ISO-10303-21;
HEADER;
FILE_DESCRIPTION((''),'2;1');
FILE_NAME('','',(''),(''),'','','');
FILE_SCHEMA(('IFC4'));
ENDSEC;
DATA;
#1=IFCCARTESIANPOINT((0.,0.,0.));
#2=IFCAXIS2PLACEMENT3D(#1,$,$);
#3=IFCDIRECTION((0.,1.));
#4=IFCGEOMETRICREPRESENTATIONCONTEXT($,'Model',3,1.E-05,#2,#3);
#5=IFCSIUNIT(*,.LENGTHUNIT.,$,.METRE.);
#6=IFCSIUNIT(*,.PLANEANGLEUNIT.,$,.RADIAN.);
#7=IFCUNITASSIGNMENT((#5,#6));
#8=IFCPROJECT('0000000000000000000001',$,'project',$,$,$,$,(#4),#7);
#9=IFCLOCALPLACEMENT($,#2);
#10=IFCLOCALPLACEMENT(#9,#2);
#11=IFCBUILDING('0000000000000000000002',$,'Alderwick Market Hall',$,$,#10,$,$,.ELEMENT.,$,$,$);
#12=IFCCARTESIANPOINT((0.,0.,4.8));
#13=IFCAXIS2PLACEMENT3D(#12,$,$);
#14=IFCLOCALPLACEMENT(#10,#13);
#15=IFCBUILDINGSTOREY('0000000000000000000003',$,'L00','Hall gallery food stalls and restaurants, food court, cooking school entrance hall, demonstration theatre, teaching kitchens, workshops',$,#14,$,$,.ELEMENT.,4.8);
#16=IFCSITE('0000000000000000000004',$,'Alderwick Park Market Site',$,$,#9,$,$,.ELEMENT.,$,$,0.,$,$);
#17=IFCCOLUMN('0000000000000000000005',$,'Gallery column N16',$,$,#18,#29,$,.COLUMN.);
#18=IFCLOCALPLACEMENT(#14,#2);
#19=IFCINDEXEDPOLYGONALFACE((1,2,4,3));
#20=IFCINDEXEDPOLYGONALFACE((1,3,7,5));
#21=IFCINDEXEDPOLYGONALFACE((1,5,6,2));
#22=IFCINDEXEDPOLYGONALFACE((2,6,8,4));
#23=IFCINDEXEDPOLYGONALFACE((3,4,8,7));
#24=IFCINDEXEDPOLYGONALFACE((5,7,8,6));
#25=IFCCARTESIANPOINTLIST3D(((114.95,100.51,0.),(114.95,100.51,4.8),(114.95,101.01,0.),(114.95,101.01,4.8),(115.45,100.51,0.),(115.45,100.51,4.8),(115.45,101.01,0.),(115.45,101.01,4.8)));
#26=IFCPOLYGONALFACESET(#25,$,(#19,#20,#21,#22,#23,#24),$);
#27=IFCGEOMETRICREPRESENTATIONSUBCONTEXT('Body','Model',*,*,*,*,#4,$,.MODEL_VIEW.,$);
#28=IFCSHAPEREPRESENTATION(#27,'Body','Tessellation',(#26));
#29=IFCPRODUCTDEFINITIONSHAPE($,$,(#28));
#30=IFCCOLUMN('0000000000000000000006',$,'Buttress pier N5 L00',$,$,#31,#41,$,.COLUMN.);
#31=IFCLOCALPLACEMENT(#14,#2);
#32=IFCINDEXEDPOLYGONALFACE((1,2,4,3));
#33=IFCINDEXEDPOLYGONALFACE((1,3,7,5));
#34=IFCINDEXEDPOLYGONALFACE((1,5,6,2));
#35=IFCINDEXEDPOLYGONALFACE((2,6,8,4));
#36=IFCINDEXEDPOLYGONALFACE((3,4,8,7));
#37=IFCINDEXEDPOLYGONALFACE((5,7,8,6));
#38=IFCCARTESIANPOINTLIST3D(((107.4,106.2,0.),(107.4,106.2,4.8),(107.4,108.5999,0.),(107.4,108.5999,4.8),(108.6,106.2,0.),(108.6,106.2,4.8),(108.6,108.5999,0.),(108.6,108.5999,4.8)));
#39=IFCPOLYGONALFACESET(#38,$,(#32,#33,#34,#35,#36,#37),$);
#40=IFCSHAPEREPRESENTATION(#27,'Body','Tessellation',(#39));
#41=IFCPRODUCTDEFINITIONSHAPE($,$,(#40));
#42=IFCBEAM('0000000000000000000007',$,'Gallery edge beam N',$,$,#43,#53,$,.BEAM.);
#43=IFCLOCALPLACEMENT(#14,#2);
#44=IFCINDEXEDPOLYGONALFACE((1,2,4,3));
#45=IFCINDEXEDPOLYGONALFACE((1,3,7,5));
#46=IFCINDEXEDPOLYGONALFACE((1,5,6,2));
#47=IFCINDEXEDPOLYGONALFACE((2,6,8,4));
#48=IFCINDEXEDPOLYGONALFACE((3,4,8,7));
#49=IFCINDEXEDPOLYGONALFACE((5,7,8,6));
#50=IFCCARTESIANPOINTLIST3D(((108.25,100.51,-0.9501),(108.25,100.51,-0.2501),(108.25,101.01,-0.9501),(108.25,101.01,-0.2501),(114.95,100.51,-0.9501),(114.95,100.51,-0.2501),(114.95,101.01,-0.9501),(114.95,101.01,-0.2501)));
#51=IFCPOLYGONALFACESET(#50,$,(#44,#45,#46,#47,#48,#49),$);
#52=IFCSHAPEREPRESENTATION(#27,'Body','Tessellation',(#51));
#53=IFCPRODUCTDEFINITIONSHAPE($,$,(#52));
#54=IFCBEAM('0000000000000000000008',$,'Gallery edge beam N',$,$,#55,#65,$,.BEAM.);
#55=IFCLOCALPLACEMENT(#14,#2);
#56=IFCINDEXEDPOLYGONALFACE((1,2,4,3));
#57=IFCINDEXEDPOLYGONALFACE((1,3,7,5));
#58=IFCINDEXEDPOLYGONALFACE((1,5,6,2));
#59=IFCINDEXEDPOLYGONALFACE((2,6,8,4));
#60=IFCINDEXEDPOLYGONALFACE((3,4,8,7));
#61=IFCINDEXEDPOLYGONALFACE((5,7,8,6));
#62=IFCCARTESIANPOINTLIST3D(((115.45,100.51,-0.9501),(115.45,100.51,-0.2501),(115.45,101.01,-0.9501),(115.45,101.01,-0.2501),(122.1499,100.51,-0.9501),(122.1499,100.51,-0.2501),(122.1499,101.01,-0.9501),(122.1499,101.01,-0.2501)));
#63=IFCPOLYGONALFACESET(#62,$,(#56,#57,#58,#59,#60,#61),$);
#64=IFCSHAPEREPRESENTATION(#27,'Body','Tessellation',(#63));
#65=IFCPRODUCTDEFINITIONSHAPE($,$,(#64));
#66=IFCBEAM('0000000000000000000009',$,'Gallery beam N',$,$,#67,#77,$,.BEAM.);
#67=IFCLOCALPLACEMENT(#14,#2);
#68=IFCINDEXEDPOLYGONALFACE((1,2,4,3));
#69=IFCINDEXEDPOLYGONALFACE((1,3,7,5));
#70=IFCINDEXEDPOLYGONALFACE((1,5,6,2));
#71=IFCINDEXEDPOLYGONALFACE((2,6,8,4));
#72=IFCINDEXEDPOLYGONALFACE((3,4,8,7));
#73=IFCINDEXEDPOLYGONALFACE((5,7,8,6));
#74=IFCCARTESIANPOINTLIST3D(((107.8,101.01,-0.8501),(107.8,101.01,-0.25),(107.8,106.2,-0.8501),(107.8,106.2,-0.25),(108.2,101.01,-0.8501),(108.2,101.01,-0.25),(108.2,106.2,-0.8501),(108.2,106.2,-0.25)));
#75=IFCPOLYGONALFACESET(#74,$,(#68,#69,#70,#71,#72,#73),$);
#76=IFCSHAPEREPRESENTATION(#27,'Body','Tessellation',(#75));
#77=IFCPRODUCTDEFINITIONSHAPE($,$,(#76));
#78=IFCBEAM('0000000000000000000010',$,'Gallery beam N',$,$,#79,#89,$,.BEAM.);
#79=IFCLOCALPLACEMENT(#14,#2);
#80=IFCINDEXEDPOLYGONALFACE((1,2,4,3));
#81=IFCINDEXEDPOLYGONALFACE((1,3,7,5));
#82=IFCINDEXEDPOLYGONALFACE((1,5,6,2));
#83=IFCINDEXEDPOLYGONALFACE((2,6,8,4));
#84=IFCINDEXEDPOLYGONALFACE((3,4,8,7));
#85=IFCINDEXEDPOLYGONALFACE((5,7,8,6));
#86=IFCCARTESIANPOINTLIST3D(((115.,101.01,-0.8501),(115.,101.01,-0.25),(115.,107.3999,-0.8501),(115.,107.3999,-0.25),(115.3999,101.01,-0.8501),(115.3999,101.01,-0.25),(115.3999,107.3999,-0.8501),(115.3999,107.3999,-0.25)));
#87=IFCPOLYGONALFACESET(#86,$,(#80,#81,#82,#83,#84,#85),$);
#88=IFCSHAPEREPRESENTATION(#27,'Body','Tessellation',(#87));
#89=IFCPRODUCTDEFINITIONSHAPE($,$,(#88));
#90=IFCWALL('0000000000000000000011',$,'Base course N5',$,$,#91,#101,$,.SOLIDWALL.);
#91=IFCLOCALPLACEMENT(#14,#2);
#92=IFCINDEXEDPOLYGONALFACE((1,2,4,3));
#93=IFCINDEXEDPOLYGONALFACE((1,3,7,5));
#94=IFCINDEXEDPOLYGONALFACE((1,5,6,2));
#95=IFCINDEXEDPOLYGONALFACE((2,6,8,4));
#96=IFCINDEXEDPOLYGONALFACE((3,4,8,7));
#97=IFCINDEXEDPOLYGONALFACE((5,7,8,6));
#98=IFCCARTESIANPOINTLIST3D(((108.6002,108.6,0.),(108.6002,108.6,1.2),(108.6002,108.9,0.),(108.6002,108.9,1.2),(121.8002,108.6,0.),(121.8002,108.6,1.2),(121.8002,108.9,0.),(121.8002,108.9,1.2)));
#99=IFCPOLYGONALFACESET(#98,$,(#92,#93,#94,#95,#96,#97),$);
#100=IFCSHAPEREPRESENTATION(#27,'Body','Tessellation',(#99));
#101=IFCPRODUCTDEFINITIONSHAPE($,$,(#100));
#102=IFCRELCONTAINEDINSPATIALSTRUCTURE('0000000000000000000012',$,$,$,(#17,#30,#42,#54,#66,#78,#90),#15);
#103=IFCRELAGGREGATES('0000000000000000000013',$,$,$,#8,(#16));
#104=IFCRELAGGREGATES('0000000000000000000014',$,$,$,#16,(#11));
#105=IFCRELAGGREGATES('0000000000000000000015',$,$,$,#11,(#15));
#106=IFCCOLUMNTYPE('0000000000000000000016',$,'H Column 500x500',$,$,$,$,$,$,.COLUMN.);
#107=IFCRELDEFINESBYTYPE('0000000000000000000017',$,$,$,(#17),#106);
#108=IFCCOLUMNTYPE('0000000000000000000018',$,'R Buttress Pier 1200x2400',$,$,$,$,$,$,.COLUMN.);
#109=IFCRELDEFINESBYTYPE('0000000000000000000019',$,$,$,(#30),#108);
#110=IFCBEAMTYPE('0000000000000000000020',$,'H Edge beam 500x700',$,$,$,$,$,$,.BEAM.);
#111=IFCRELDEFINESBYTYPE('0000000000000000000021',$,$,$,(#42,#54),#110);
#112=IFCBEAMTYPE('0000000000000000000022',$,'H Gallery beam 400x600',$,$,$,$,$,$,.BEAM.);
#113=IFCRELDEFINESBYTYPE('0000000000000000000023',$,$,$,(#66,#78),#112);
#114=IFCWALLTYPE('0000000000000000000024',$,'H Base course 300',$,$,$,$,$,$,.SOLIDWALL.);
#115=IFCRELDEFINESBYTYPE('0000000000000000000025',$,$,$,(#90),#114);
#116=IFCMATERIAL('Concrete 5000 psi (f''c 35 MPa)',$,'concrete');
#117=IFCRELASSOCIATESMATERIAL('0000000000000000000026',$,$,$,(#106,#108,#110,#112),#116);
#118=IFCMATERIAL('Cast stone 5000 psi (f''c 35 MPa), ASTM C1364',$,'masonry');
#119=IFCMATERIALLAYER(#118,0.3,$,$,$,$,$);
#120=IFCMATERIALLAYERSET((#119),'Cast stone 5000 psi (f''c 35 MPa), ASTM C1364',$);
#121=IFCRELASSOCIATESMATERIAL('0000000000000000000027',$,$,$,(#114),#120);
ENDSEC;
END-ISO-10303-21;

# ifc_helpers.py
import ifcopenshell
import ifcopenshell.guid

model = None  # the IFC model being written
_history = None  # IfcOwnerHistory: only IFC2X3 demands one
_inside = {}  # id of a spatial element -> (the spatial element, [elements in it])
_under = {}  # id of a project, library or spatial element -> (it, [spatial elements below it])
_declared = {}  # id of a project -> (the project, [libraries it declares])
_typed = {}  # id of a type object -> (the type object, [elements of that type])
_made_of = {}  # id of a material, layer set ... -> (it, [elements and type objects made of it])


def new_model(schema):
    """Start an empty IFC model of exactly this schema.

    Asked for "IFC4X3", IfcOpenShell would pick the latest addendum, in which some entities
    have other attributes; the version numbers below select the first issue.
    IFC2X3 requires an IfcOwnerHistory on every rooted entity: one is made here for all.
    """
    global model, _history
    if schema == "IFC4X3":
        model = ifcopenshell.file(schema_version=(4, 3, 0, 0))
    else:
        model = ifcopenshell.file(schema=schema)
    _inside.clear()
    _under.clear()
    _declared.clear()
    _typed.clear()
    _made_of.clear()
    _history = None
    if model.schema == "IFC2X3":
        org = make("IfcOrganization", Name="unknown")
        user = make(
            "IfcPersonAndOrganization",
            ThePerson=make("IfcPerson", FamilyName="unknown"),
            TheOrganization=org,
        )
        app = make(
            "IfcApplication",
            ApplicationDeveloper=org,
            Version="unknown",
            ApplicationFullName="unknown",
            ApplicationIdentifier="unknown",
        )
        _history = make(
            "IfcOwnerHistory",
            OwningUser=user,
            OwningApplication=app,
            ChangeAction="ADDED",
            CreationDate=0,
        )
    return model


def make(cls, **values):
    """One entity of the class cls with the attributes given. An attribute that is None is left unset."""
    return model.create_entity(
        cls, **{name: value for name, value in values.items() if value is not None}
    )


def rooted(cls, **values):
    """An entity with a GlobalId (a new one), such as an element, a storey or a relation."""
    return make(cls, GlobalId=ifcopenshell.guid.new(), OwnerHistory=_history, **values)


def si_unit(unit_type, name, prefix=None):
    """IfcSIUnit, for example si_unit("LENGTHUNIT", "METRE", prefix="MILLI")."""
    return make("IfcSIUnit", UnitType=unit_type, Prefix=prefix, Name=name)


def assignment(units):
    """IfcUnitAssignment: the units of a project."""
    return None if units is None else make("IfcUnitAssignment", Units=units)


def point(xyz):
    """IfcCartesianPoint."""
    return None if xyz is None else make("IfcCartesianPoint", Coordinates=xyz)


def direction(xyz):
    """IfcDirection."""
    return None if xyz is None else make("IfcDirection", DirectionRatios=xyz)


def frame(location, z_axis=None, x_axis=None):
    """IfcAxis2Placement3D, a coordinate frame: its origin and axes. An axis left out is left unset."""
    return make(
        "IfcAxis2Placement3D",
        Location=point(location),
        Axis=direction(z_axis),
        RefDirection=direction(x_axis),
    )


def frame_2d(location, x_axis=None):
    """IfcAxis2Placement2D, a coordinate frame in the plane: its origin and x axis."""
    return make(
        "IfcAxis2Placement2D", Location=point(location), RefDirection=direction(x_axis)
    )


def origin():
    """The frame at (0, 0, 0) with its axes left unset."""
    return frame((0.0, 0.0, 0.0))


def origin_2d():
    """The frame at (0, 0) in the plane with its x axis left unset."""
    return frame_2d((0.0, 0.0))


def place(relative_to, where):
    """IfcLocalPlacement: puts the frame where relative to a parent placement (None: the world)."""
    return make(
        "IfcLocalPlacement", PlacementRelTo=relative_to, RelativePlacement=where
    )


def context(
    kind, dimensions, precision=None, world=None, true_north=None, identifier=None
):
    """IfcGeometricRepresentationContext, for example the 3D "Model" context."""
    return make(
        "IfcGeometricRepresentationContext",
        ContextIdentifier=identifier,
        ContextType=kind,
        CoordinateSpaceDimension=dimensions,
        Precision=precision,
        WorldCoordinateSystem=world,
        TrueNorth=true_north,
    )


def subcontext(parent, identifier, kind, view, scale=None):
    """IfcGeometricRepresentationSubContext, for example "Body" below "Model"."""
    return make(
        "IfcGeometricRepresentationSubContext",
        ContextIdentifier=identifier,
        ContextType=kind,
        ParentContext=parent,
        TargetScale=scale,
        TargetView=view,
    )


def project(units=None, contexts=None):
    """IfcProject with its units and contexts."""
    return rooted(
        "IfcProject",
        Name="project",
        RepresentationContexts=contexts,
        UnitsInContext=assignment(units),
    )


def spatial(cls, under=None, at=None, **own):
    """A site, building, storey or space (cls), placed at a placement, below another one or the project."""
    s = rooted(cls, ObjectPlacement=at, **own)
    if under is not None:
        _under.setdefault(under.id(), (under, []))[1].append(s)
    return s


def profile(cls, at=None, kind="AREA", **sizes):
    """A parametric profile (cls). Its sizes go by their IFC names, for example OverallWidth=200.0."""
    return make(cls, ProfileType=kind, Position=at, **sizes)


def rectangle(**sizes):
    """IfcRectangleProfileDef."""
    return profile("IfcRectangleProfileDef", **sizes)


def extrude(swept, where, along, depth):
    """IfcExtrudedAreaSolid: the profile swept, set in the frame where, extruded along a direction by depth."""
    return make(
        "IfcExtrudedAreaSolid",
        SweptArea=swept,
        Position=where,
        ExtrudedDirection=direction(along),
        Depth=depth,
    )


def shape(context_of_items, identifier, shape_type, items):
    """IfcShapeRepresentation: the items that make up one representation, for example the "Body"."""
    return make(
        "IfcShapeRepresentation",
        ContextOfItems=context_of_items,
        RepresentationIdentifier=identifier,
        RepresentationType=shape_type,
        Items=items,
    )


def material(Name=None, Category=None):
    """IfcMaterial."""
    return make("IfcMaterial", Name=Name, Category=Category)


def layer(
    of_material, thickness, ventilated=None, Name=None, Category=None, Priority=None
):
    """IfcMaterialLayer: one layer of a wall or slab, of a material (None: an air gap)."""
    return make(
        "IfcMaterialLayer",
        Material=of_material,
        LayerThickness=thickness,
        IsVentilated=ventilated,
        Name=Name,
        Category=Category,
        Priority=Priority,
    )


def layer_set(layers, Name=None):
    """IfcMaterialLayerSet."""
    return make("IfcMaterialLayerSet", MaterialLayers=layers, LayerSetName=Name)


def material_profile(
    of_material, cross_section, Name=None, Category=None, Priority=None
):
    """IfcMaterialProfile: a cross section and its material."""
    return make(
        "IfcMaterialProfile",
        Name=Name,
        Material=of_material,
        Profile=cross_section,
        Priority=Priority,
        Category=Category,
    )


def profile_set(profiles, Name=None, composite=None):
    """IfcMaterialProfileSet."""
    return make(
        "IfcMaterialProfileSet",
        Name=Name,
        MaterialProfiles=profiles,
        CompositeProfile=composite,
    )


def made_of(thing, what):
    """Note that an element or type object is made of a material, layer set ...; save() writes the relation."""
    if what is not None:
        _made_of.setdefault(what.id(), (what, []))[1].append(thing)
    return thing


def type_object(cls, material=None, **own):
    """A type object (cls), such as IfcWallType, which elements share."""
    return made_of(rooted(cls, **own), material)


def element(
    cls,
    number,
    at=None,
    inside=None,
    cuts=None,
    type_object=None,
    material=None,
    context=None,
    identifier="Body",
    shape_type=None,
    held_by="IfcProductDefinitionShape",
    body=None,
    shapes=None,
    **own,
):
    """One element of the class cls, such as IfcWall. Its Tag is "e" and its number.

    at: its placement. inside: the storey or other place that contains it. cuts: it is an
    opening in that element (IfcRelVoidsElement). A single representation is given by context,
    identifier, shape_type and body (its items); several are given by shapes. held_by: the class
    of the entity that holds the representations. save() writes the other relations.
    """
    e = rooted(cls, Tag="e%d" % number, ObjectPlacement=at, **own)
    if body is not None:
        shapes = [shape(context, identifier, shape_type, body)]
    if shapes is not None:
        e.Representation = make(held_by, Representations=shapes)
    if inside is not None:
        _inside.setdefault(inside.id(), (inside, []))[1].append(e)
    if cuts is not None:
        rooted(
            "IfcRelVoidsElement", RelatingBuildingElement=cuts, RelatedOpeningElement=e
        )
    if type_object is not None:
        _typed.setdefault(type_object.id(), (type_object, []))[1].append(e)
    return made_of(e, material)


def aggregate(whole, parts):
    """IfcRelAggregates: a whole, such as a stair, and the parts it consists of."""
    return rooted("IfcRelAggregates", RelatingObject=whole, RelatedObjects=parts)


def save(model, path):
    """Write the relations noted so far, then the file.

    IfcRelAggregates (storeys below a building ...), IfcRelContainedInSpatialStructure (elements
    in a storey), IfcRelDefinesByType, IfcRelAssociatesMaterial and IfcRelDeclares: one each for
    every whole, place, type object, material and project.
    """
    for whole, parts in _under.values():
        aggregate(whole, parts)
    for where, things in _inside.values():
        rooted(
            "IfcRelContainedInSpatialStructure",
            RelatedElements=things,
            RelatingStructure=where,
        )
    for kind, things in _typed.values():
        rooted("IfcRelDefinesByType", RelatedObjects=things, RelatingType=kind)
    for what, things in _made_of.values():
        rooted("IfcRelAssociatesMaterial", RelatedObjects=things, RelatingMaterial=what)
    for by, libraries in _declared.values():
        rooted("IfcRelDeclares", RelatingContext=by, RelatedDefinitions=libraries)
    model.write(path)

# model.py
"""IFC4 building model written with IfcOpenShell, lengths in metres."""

from ifc_helpers import new_model, si_unit, direction, frame, frame_2d, origin, origin_2d, place, context, subcontext, project, spatial, rectangle, extrude, material, layer, layer_set, material_profile, profile_set, type_object, element, save


model = new_model("IFC4")

# Units and contexts
model_context = context("Model", 3, precision=1e-05, world=origin(), true_north=direction((0.0, 1.0)))
body_context = subcontext(model_context, "Body", "Model", "MODEL_VIEW")
ifc_project = project(units=[si_unit("LENGTHUNIT", "METRE"), si_unit("PLANEANGLEUNIT", "RADIAN")], contexts=[model_context])

# Site, building, storey
site_placement = place(None, origin())
site = spatial("IfcSite", under=ifc_project, at=site_placement, Name="Alderwick Park Market Site", CompositionType="ELEMENT", RefElevation=0.0)
building_placement = place(site_placement, origin())
building = spatial("IfcBuilding", under=site, at=building_placement, Name="Alderwick Market Hall", CompositionType="ELEMENT")
storey_placement = place(building_placement, frame((0.0, 0.0, 4.8)))
storey = spatial("IfcBuildingStorey", under=building, at=storey_placement, Name="L00", Description="Hall gallery food stalls and restaurants, food court, cooking school entrance hall, demonstration theatre, teaching kitchens, workshops", CompositionType="ELEMENT", Elevation=4.8)

# Columns
ifc_material_1 = material(Name="Concrete 5000 psi (f'c 35 MPa)", Category="concrete")
ifc_material_profile_1 = material_profile(ifc_material_1, rectangle(XDim=0.5, YDim=0.5, at=origin_2d()), Name="RC 500x500")
ifc_profile_set_1 = profile_set([ifc_material_profile_1], Name="Concrete 5000 psi (f'c 35 MPa)")
column_type_1 = type_object("IfcColumnType", Name="H Column 500x500", PredefinedType="COLUMN", material=ifc_profile_set_1)
column_1_placement = place(storey_placement, frame((115.2, 100.76, 0.0), z_axis=(0.0, 0.0, 1.0), x_axis=(1.0, 0.0, 0.0)))
element("IfcColumn", 1, at=column_1_placement, inside=storey, type_object=column_type_1, Name="Gallery column N16", PredefinedType="COLUMN", context=body_context, shape_type="SweptSolid", body=[
    extrude(rectangle(XDim=0.5, YDim=0.5, at=origin_2d()), origin(), (0.0, 0.0, 1.0), 4.8),
])
ifc_material_profile_2 = material_profile(ifc_material_1, rectangle(XDim=1.2, YDim=2.3999, at=origin_2d()), Name="RC 1200x2400")
ifc_profile_set_2 = profile_set([ifc_material_profile_2], Name="Concrete 5000 psi (f'c 35 MPa)")
column_type_2 = type_object("IfcColumnType", Name="R Buttress Pier 1200x2400", PredefinedType="COLUMN", material=ifc_profile_set_2)
column_2_placement = place(storey_placement, frame((108.0, 107.3999, 0.0), z_axis=(0.0, 0.0, 1.0), x_axis=(1.0, 0.0, 0.0)))
element("IfcColumn", 2, at=column_2_placement, inside=storey, type_object=column_type_2, Name="Buttress pier N5 L00", PredefinedType="COLUMN", context=body_context, shape_type="SweptSolid", body=[
    extrude(rectangle(XDim=1.2, YDim=2.3999, at=origin_2d()), origin(), (0.0, 0.0, 1.0), 4.8),
])

# Beams
ifc_material_profile_3 = material_profile(ifc_material_1, rectangle(XDim=0.5, YDim=0.7, at=origin_2d()), Name="RC 500x700")
ifc_profile_set_3 = profile_set([ifc_material_profile_3], Name="Concrete 5000 psi (f'c 35 MPa)")
beam_type_1 = type_object("IfcBeamType", Name="H Edge beam 500x700", PredefinedType="BEAM", material=ifc_profile_set_3)
for number, where, z_axis, x_axis, name in (
    (3, (108.25, 100.76, -0.6001), (1.0, 0.0, 0.0), (0.0, 1.0, 0.0), "Gallery edge beam N"),
    (4, (115.45, 100.76, -0.6001), (1.0, 0.0, 0.0), (0.0, 1.0, 0.0), "Gallery edge beam N"),
):
    element("IfcBeam", number, at=place(storey_placement, frame(where, z_axis=z_axis, x_axis=x_axis)), inside=storey, type_object=beam_type_1, Name=name, PredefinedType="BEAM", context=body_context, shape_type="SweptSolid", body=[
        extrude(rectangle(XDim=0.5, YDim=0.7, at=origin_2d()), origin(), (0.0, 0.0, 1.0), 6.7),
    ])
ifc_material_profile_4 = material_profile(ifc_material_1, rectangle(XDim=0.3999, YDim=0.6001, at=origin_2d()), Name="RC 400x600")
ifc_profile_set_4 = profile_set([ifc_material_profile_4], Name="Concrete 5000 psi (f'c 35 MPa)")
beam_type_2 = type_object("IfcBeamType", Name="H Gallery beam 400x600", PredefinedType="BEAM", material=ifc_profile_set_4)
beam_1_placement = place(storey_placement, frame((108.0, 106.2, -0.55), z_axis=(0.0, -1.0, 0.0), x_axis=(1.0, 0.0, 0.0)))
element("IfcBeam", 5, at=beam_1_placement, inside=storey, type_object=beam_type_2, Name="Gallery beam N", PredefinedType="BEAM", context=body_context, shape_type="SweptSolid", body=[
    extrude(rectangle(XDim=0.3999, YDim=0.6001, at=origin_2d()), origin(), (0.0, 0.0, 1.0), 5.1899),
])
beam_2_placement = place(storey_placement, frame((115.2, 107.3999, -0.55), z_axis=(0.0, -1.0, 0.0), x_axis=(1.0, 0.0, 0.0)))
element("IfcBeam", 6, at=beam_2_placement, inside=storey, type_object=beam_type_2, Name="Gallery beam N", PredefinedType="BEAM", context=body_context, shape_type="SweptSolid", body=[
    extrude(rectangle(XDim=0.3999, YDim=0.6001, at=origin_2d()), origin(), (0.0, 0.0, 1.0), 6.3899),
])

# Wall
ifc_material_2 = material(Name="Cast stone 5000 psi (f'c 35 MPa), ASTM C1364", Category="masonry")
ifc_layer_1 = layer(ifc_material_2, 0.3)
ifc_layer_set_1 = layer_set([ifc_layer_1], Name="Cast stone 5000 psi (f'c 35 MPa), ASTM C1364")
wall_type_1 = type_object("IfcWallType", Name="H Base course 300", PredefinedType="SOLIDWALL", material=ifc_layer_set_1)
wall_1_placement = place(storey_placement, frame((108.6001, 108.75, 0.0), z_axis=(0.0, 0.0, 1.0), x_axis=(1.0, 0.0, 0.0)))
element("IfcWall", 7, at=wall_1_placement, inside=storey, type_object=wall_type_1, Name="Base course N5", PredefinedType="SOLIDWALL", context=body_context, shape_type="SweptSolid", body=[
    extrude(rectangle(XDim=13.2, YDim=0.3, at=frame_2d((6.6001, 0.0))), origin(), (0.0, 0.0, 1.0), 1.2),
])

save(model, "model.ifc")
